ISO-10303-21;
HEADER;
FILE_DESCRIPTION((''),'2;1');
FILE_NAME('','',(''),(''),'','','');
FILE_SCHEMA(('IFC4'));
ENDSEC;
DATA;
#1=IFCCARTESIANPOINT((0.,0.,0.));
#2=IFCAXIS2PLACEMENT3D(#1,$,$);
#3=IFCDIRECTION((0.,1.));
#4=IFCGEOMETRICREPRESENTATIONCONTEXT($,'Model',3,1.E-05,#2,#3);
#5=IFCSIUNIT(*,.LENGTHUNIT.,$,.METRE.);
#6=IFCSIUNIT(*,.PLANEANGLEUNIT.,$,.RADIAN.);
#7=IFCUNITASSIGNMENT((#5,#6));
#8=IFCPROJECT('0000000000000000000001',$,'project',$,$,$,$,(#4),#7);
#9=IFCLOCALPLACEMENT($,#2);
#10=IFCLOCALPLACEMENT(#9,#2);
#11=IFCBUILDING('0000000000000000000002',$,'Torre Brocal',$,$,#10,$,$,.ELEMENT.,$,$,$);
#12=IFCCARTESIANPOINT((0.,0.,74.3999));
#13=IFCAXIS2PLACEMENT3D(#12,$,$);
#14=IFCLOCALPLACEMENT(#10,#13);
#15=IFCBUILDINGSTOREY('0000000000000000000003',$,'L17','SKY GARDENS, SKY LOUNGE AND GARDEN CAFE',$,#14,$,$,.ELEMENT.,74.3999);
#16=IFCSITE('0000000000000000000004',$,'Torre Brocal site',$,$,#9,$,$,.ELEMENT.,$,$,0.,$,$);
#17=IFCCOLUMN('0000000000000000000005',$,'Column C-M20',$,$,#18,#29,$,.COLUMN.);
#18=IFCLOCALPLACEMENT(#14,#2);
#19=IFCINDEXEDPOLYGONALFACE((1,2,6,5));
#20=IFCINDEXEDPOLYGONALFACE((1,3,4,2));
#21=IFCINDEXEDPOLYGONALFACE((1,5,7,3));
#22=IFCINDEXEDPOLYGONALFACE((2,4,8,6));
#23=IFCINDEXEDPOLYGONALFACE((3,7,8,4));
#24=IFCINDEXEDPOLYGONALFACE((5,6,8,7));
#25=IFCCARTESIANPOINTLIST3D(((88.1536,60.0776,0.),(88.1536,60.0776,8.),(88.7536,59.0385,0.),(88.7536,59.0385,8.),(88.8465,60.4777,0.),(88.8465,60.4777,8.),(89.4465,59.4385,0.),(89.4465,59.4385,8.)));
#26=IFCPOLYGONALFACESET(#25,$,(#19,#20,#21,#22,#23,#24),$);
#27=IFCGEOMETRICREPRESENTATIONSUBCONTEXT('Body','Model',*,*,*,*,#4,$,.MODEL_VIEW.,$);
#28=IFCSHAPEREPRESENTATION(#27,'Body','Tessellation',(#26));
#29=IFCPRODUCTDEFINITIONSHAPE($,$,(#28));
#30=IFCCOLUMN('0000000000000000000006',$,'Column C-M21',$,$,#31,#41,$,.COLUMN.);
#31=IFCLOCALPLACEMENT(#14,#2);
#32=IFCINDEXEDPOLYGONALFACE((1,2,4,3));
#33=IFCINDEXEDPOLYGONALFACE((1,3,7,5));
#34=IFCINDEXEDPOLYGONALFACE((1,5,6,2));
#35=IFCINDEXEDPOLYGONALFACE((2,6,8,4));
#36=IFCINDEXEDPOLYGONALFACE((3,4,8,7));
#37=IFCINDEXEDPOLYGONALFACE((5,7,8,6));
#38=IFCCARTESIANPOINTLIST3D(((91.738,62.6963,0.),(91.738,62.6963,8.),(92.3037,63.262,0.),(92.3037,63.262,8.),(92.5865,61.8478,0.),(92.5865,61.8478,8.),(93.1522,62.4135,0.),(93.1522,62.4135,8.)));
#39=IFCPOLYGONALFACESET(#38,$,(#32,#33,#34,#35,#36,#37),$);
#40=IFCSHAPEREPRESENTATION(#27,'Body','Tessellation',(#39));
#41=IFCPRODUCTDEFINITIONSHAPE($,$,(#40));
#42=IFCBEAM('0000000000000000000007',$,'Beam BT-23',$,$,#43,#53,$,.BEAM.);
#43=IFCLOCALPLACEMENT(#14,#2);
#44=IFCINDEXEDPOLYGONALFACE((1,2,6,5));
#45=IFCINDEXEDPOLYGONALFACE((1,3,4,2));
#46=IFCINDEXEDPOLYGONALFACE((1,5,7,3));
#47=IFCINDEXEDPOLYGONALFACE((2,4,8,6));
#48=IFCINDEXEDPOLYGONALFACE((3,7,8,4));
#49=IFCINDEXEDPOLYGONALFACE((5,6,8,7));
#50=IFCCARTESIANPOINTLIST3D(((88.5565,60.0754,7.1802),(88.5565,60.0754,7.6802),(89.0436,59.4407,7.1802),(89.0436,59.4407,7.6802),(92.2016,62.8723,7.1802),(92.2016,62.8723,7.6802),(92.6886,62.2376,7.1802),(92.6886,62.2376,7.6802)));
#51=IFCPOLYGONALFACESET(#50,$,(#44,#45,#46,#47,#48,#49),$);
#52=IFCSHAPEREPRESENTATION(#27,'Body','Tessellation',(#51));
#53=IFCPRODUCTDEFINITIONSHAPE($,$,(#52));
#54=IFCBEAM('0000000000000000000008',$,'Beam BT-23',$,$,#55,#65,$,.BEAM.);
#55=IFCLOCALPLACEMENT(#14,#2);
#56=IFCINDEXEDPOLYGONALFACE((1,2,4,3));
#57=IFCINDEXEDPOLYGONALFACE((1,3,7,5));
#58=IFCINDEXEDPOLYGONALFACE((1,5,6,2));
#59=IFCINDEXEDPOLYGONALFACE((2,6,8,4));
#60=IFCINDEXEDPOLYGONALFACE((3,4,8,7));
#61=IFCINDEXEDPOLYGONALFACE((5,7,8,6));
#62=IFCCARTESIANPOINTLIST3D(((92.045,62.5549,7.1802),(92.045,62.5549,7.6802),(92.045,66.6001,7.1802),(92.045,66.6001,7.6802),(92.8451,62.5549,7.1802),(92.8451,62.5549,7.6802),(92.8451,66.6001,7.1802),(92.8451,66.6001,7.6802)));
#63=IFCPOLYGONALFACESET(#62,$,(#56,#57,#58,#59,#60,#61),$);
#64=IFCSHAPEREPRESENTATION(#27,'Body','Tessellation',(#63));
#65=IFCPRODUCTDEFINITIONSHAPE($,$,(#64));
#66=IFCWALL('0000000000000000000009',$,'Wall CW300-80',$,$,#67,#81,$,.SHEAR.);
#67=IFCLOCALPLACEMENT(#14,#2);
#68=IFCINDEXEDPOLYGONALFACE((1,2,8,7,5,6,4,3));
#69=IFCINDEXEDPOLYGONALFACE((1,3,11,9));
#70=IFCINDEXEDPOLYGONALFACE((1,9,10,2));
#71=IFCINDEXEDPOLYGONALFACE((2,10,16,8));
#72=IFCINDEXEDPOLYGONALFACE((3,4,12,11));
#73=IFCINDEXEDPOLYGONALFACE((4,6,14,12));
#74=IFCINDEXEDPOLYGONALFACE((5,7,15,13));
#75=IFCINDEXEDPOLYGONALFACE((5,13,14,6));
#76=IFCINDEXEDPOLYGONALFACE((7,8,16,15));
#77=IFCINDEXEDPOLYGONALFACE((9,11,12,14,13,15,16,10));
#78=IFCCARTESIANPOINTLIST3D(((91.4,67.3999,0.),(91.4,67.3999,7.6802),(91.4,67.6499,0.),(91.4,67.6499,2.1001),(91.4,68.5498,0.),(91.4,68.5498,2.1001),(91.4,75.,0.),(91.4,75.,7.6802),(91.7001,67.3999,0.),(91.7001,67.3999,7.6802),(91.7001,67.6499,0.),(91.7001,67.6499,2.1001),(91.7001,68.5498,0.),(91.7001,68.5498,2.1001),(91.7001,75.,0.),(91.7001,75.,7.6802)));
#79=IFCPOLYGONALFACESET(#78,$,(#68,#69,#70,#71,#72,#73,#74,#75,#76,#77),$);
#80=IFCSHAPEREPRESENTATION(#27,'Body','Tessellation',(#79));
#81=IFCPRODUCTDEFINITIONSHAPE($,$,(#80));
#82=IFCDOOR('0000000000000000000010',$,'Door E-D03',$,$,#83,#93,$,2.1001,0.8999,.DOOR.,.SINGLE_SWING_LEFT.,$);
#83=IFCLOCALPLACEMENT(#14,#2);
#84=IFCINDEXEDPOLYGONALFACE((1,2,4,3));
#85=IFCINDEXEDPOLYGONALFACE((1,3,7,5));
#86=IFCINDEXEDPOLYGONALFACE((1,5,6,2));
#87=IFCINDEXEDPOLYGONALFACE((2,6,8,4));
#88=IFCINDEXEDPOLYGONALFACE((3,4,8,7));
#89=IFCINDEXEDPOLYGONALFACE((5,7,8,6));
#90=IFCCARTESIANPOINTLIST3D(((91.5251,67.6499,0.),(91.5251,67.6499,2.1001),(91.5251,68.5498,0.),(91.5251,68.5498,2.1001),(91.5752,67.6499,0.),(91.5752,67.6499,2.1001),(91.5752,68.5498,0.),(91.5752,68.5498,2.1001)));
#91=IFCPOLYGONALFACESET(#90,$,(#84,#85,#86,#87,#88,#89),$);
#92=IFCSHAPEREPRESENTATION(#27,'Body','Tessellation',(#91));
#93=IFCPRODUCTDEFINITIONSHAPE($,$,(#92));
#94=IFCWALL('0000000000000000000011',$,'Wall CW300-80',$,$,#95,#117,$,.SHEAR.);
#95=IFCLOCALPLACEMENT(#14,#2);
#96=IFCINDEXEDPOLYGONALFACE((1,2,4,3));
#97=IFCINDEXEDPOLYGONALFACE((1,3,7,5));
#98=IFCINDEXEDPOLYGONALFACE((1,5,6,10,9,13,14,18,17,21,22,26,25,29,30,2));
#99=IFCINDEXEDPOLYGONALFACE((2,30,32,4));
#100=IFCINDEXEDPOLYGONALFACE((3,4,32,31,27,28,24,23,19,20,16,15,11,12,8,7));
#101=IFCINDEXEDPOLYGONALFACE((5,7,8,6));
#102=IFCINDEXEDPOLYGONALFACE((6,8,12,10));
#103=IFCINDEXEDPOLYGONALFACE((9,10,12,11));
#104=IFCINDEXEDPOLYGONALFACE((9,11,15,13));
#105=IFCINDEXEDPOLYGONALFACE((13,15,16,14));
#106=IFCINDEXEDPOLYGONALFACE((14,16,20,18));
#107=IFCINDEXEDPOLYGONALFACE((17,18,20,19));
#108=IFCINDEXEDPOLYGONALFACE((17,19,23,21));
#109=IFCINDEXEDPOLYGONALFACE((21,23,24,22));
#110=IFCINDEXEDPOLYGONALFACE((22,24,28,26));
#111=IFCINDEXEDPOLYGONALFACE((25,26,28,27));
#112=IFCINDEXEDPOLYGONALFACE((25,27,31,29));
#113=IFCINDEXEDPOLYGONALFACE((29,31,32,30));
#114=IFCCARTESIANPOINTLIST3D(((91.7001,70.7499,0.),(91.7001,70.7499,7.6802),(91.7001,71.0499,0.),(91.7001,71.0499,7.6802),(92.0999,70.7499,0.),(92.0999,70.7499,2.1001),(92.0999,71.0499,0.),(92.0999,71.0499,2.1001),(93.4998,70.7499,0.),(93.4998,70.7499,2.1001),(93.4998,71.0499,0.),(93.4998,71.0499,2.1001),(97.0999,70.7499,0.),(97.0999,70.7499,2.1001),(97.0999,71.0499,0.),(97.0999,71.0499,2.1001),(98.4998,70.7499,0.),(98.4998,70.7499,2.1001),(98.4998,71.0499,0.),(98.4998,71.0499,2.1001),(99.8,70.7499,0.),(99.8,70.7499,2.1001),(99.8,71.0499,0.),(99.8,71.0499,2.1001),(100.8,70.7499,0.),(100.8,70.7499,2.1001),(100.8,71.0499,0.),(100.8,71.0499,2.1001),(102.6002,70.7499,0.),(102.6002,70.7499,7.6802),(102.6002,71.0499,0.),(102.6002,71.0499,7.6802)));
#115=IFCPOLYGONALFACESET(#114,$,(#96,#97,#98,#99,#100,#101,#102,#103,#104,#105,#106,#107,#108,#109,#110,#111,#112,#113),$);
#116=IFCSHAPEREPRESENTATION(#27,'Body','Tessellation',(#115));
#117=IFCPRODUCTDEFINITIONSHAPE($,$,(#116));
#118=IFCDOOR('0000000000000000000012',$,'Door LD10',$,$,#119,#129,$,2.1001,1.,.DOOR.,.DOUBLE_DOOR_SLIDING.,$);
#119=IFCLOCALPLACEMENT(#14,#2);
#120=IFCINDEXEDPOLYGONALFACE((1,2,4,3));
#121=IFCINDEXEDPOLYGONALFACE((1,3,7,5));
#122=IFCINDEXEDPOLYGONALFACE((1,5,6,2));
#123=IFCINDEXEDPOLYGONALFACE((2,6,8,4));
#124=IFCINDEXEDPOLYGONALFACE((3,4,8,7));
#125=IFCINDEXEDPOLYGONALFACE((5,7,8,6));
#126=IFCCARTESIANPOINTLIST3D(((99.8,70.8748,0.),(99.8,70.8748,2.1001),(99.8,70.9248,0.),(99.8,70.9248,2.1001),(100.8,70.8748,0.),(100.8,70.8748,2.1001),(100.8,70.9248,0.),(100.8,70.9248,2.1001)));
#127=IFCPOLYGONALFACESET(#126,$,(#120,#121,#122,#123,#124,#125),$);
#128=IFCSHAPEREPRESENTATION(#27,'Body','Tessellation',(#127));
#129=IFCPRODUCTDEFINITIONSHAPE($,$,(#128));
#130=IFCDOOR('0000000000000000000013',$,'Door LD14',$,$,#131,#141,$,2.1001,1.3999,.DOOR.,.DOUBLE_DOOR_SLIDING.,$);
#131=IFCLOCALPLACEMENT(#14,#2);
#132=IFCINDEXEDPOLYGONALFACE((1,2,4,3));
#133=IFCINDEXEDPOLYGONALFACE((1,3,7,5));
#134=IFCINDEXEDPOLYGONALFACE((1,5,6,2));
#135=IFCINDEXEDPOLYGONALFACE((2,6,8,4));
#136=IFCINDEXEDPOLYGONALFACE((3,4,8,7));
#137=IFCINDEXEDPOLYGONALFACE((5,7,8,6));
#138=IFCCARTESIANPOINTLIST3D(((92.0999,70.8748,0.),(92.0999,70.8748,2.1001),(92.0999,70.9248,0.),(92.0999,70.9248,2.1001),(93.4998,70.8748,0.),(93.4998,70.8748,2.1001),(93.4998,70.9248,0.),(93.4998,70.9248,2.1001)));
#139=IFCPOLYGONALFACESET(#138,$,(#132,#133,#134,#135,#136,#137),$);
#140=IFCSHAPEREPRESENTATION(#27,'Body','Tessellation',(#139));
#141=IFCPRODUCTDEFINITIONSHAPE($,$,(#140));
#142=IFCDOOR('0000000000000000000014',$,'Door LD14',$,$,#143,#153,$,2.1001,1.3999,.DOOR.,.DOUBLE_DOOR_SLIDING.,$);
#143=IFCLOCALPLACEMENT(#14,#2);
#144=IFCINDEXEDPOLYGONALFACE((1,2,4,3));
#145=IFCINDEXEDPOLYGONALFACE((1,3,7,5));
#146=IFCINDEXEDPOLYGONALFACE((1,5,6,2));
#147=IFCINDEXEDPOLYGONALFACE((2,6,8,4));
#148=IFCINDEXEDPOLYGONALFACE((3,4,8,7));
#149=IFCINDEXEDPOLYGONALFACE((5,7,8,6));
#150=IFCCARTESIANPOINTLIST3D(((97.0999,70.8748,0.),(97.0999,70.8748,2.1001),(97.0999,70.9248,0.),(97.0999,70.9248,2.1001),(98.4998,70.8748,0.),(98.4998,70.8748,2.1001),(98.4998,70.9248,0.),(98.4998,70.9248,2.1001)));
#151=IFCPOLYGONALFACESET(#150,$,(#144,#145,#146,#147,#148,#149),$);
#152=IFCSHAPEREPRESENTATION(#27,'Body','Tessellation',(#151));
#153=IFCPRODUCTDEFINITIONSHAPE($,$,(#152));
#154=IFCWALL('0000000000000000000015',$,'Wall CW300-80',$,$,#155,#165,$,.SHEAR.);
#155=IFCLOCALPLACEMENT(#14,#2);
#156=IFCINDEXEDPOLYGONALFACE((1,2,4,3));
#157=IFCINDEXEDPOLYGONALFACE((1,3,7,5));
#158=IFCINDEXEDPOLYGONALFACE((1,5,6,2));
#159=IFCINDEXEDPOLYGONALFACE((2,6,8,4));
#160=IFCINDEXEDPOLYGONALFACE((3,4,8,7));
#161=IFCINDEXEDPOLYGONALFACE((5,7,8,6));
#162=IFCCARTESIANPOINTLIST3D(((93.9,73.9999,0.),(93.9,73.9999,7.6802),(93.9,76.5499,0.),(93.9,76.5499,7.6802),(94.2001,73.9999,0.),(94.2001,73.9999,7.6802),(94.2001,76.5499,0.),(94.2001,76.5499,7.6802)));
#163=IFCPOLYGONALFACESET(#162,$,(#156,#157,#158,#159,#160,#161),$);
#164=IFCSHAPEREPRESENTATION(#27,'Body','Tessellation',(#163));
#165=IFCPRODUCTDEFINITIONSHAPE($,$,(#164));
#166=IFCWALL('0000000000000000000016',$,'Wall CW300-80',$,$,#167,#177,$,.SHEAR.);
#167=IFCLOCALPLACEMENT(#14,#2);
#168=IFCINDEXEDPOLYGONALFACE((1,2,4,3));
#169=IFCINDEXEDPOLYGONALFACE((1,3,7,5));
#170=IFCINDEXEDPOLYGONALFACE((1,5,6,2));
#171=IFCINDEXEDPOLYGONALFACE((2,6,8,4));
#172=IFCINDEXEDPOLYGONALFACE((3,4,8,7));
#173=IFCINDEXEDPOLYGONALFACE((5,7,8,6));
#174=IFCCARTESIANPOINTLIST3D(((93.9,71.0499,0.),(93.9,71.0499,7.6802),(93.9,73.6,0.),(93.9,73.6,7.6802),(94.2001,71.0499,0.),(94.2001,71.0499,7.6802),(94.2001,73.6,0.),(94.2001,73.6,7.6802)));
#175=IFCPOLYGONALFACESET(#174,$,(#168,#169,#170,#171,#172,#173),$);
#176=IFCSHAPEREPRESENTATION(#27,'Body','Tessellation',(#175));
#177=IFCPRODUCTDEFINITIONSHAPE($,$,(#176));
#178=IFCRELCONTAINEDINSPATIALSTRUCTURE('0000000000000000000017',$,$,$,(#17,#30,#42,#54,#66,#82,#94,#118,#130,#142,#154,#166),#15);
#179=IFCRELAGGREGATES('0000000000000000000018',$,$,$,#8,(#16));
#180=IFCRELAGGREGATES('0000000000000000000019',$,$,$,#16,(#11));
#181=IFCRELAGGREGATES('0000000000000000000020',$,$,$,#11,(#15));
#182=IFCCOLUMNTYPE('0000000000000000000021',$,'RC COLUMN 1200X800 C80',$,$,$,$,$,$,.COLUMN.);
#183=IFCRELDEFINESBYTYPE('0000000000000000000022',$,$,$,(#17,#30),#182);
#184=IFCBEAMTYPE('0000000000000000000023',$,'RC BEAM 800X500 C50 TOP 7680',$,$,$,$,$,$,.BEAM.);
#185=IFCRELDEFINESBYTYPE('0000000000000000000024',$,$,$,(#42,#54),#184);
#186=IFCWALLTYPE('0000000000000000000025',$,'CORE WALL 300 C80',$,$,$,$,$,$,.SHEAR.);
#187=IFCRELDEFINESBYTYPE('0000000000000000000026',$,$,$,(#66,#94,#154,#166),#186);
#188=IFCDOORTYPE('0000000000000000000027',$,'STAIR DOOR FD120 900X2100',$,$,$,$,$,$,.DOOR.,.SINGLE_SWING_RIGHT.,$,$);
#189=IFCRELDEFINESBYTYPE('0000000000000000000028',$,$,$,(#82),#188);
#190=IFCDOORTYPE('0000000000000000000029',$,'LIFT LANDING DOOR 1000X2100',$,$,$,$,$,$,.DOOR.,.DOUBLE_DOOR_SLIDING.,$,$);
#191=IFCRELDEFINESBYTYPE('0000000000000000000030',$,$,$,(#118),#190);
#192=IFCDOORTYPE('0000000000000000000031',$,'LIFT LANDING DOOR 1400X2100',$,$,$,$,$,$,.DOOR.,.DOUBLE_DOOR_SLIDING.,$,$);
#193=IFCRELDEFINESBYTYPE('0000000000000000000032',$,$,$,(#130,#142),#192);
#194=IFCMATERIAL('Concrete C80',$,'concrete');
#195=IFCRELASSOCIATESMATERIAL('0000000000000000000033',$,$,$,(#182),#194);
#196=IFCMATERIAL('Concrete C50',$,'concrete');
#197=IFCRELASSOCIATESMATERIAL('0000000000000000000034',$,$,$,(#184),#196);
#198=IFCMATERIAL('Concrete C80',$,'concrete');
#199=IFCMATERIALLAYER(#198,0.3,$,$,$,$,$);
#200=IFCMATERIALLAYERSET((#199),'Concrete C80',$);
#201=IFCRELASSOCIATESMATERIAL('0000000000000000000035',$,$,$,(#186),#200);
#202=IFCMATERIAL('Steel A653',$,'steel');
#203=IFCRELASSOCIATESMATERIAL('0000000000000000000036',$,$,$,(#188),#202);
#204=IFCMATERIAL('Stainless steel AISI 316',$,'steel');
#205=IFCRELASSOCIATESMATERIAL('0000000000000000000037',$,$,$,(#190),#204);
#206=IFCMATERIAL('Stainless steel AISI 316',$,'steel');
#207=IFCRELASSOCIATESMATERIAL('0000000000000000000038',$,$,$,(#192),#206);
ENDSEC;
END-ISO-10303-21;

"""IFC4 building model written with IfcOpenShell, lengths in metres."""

from ifc_helpers import new_model, si_unit, direction, frame, frame_2d, origin, origin_2d, place, context, subcontext, project, spatial, rectangle, extrude, material, layer, layer_set, material_profile, profile_set, type_object, element, fill, save


model = new_model("IFC4")

# Units and contexts
model_context = context("Model", 3, precision=1e-05, world=origin(), true_north=direction((0.0, 1.0)))
body_context = subcontext(model_context, "Body", "Model", "MODEL_VIEW")
ifc_project = project(units=[si_unit("LENGTHUNIT", "METRE"), si_unit("PLANEANGLEUNIT", "RADIAN")], contexts=[model_context])

# Site, building, storey
site_placement = place(None, origin())
site = spatial("IfcSite", under=ifc_project, at=site_placement, Name="Torre Brocal site", CompositionType="ELEMENT", RefElevation=0.0)
building_placement = place(site_placement, origin())
building = spatial("IfcBuilding", under=site, at=building_placement, Name="Torre Brocal", CompositionType="ELEMENT")
storey_placement = place(building_placement, frame((0.0, 0.0, 74.3999)))
storey = spatial("IfcBuildingStorey", under=building, at=storey_placement, Name="L17", Description="SKY GARDENS, SKY LOUNGE AND GARDEN CAFE", CompositionType="ELEMENT", Elevation=74.3999)

# Columns
ifc_material_1 = material(Name="Concrete C80", Category="concrete")
ifc_material_profile_1 = material_profile(ifc_material_1, rectangle(XDim=1.2, YDim=0.8, at=origin_2d()), Name="RC 1200X800")
ifc_profile_set_1 = profile_set([ifc_material_profile_1], Name="Concrete C80")
column_type = type_object("IfcColumnType", Name="RC COLUMN 1200X800 C80", PredefinedType="COLUMN", material=ifc_profile_set_1)
for number, where, z_axis, x_axis, name in (
    (1, (88.8, 59.7581, 0.0), (0.0, 0.0, 1.0), (0.5, -0.866025, 0.0), "Column C-M20"),
    (2, (92.4451, 62.5549, 0.0), (0.0, 0.0, 1.0), (0.707107, -0.707107, 0.0), "Column C-M21"),
):
    element("IfcColumn", number, at=place(storey_placement, frame(where, z_axis=z_axis, x_axis=x_axis)), inside=storey, type_object=column_type, Name=name, PredefinedType="COLUMN", context=body_context, shape_type="SweptSolid", body=[
        extrude(rectangle(XDim=1.2, YDim=0.8, at=origin_2d()), origin(), (0.0, 0.0, 1.0), 8.0),
    ])

# Beams
ifc_material_2 = material(Name="Concrete C50", Category="concrete")
ifc_material_profile_2 = material_profile(ifc_material_2, rectangle(XDim=0.8, YDim=0.5, at=origin_2d()), Name="RC 800X500")
ifc_profile_set_2 = profile_set([ifc_material_profile_2], Name="Concrete C50")
beam_type = type_object("IfcBeamType", Name="RC BEAM 800X500 C50 TOP 7680", PredefinedType="BEAM", material=ifc_profile_set_2)
beam_1_placement = place(storey_placement, frame((88.8, 59.7581, 7.4302), z_axis=(0.793358, 0.608755, 0.0), x_axis=(-0.608755, 0.793358, 0.0)))
element("IfcBeam", 3, at=beam_1_placement, inside=storey, type_object=beam_type, Name="Beam BT-23", PredefinedType="BEAM", context=body_context, shape_type="SweptSolid", body=[
    extrude(rectangle(XDim=0.8, YDim=0.5, at=origin_2d()), origin(), (0.0, 0.0, 1.0), 4.5945),
])
beam_2_placement = place(storey_placement, frame((92.4451, 62.5549, 7.4302), z_axis=(0.0, 1.0, 0.0), x_axis=(-1.0, 0.0, 0.0)))
element("IfcBeam", 4, at=beam_2_placement, inside=storey, type_object=beam_type, Name="Beam BT-23", PredefinedType="BEAM", context=body_context, shape_type="SweptSolid", body=[
    extrude(rectangle(XDim=0.8, YDim=0.5, at=origin_2d()), origin(), (0.0, 0.0, 1.0), 4.0452),
])

# Wall, opening, door
ifc_material_3 = material(Name="Concrete C80", Category="concrete")
ifc_layer_1 = layer(ifc_material_3, 0.3)
ifc_layer_set_1 = layer_set([ifc_layer_1], Name="Concrete C80")
wall_type_1 = type_object("IfcWallType", Name="CORE WALL 300 C80", PredefinedType="SHEAR", material=ifc_layer_set_1)
wall_1_placement = place(storey_placement, frame((91.55, 67.3999, 0.0), z_axis=(0.0, 0.0, 1.0), x_axis=(0.0, 1.0, 0.0)))
wall_1 = element("IfcWall", 5, at=wall_1_placement, inside=storey, type_object=wall_type_1, Name="Wall CW300-80", PredefinedType="SHEAR", context=body_context, shape_type="SweptSolid", body=[
    extrude(rectangle(XDim=7.6001, YDim=0.3, at=frame_2d((3.8, 0.0))), origin(), (0.0, 0.0, 1.0), 7.6802),
])
opening_1_placement = place(wall_1_placement, frame((0.25, 0.0, 0.0)))
opening_1 = element("IfcOpeningElement", 6, at=opening_1_placement, cuts=wall_1, PredefinedType="OPENING", context=body_context, shape_type="SweptSolid", body=[
    extrude(rectangle(XDim=0.8999, YDim=2.1001, at=frame_2d((0.45, 1.05))), frame((0.0, 0.1599, 0.0), z_axis=(0.0, -1.0, 0.0), x_axis=(1.0, 0.0, 0.0)), (0.0, 0.0, 1.0), 0.3201),
])
ifc_material_4 = material(Name="Steel A653", Category="steel")
door_type_1 = type_object("IfcDoorType", Name="STAIR DOOR FD120 900X2100", OperationType="SINGLE_SWING_RIGHT", PredefinedType="DOOR", material=ifc_material_4)
door_1_placement = place(opening_1_placement, origin())
door_1 = element("IfcDoor", 7, at=door_1_placement, inside=storey, type_object=door_type_1, Name="Door E-D03", OperationType="SINGLE_SWING_LEFT", OverallHeight=2.1001, OverallWidth=0.8999, PredefinedType="DOOR", context=body_context, shape_type="SweptSolid", body=[
    extrude(rectangle(XDim=0.8999, YDim=2.1001, at=frame_2d((0.45, 1.05))), frame((0.0, 0.0249, 0.0), z_axis=(0.0, -1.0, 0.0), x_axis=(1.0, 0.0, 0.0)), (0.0, 0.0, 1.0), 0.05),
])
fill(opening_1, door_1)

# Wall, openings, doors
wall_2_placement = place(storey_placement, frame((91.7, 70.8999, 0.0), z_axis=(0.0, 0.0, 1.0), x_axis=(1.0, 0.0, 0.0)))
wall_2 = element("IfcWall", 8, at=wall_2_placement, inside=storey, type_object=wall_type_1, Name="Wall CW300-80", PredefinedType="SHEAR", context=body_context, shape_type="SweptSolid", body=[
    extrude(rectangle(XDim=10.9001, YDim=0.3, at=frame_2d((5.4502, 0.0))), origin(), (0.0, 0.0, 1.0), 7.6802),
])
opening_2_placement = place(wall_2_placement, frame((0.3999, 0.0, 0.0)))
opening_2 = element("IfcOpeningElement", 9, at=opening_2_placement, cuts=wall_2, PredefinedType="OPENING", context=body_context, shape_type="SweptSolid", body=[
    extrude(rectangle(XDim=1.3999, YDim=2.1001, at=frame_2d((0.7, 1.05))), frame((0.0, 0.1599, 0.0), z_axis=(0.0, -1.0, 0.0), x_axis=(1.0, 0.0, 0.0)), (0.0, 0.0, 1.0), 0.3201),
])
opening_3_placement = place(wall_2_placement, frame((5.3999, 0.0, 0.0)))
opening_3 = element("IfcOpeningElement", 10, at=opening_3_placement, cuts=wall_2, PredefinedType="OPENING", context=body_context, shape_type="SweptSolid", body=[
    extrude(rectangle(XDim=1.3999, YDim=2.1001, at=frame_2d((0.7, 1.05))), frame((0.0, 0.1599, 0.0), z_axis=(0.0, -1.0, 0.0), x_axis=(1.0, 0.0, 0.0)), (0.0, 0.0, 1.0), 0.3201),
])
opening_4_placement = place(wall_2_placement, frame((8.1001, 0.0, 0.0)))
opening_4 = element("IfcOpeningElement", 11, at=opening_4_placement, cuts=wall_2, PredefinedType="OPENING", context=body_context, shape_type="SweptSolid", body=[
    extrude(rectangle(XDim=1.0, YDim=2.1001, at=frame_2d((0.5, 1.05))), frame((0.0, 0.1599, 0.0), z_axis=(0.0, -1.0, 0.0), x_axis=(1.0, 0.0, 0.0)), (0.0, 0.0, 1.0), 0.3201),
])
ifc_material_5 = material(Name="Stainless steel AISI 316", Category="steel")
door_type_2 = type_object("IfcDoorType", Name="LIFT LANDING DOOR 1000X2100", OperationType="DOUBLE_DOOR_SLIDING", PredefinedType="DOOR", material=ifc_material_5)
door_2_placement = place(opening_4_placement, origin())
door_2 = element("IfcDoor", 12, at=door_2_placement, inside=storey, type_object=door_type_2, Name="Door LD10", OperationType="DOUBLE_DOOR_SLIDING", OverallHeight=2.1001, OverallWidth=1.0, PredefinedType="DOOR", context=body_context, shape_type="SweptSolid", body=[
    extrude(rectangle(XDim=1.0, YDim=2.1001, at=frame_2d((0.5, 1.05))), frame((0.0, 0.0249, 0.0), z_axis=(0.0, -1.0, 0.0), x_axis=(1.0, 0.0, 0.0)), (0.0, 0.0, 1.0), 0.05),
])
fill(opening_4, door_2)
ifc_material_6 = material(Name="Stainless steel AISI 316", Category="steel")
door_type_3 = type_object("IfcDoorType", Name="LIFT LANDING DOOR 1400X2100", OperationType="DOUBLE_DOOR_SLIDING", PredefinedType="DOOR", material=ifc_material_6)
door_3_placement = place(opening_2_placement, origin())
door_3 = element("IfcDoor", 13, at=door_3_placement, inside=storey, type_object=door_type_3, Name="Door LD14", OperationType="DOUBLE_DOOR_SLIDING", OverallHeight=2.1001, OverallWidth=1.3999, PredefinedType="DOOR", context=body_context, shape_type="SweptSolid", body=[
    extrude(rectangle(XDim=1.3999, YDim=2.1001, at=frame_2d((0.7, 1.05))), frame((0.0, 0.0249, 0.0), z_axis=(0.0, -1.0, 0.0), x_axis=(1.0, 0.0, 0.0)), (0.0, 0.0, 1.0), 0.05),
])
fill(opening_2, door_3)
door_4_placement = place(opening_3_placement, origin())
door_4 = element("IfcDoor", 14, at=door_4_placement, inside=storey, type_object=door_type_3, Name="Door LD14", OperationType="DOUBLE_DOOR_SLIDING", OverallHeight=2.1001, OverallWidth=1.3999, PredefinedType="DOOR", context=body_context, shape_type="SweptSolid", body=[
    extrude(rectangle(XDim=1.3999, YDim=2.1001, at=frame_2d((0.7, 1.05))), frame((0.0, 0.0249, 0.0), z_axis=(0.0, -1.0, 0.0), x_axis=(1.0, 0.0, 0.0)), (0.0, 0.0, 1.0), 0.05),
])
fill(opening_3, door_4)

# Walls
for number, where, z_axis, x_axis, name in (
    (15, (94.05, 74.0, 0.0), (0.0, 0.0, 1.0), (0.0, 1.0, 0.0), "Wall CW300-80"),
    (16, (94.05, 71.05, 0.0), (0.0, 0.0, 1.0), (0.0, 1.0, 0.0), "Wall CW300-80"),
):
    element("IfcWall", number, at=place(storey_placement, frame(where, z_axis=z_axis, x_axis=x_axis)), inside=storey, type_object=wall_type_1, Name=name, PredefinedType="SHEAR", context=body_context, shape_type="SweptSolid", body=[
        extrude(rectangle(XDim=2.55, YDim=0.3, at=frame_2d((1.2749, 0.0))), origin(), (0.0, 0.0, 1.0), 7.6802),
    ])

save(model, "model.ifc")
